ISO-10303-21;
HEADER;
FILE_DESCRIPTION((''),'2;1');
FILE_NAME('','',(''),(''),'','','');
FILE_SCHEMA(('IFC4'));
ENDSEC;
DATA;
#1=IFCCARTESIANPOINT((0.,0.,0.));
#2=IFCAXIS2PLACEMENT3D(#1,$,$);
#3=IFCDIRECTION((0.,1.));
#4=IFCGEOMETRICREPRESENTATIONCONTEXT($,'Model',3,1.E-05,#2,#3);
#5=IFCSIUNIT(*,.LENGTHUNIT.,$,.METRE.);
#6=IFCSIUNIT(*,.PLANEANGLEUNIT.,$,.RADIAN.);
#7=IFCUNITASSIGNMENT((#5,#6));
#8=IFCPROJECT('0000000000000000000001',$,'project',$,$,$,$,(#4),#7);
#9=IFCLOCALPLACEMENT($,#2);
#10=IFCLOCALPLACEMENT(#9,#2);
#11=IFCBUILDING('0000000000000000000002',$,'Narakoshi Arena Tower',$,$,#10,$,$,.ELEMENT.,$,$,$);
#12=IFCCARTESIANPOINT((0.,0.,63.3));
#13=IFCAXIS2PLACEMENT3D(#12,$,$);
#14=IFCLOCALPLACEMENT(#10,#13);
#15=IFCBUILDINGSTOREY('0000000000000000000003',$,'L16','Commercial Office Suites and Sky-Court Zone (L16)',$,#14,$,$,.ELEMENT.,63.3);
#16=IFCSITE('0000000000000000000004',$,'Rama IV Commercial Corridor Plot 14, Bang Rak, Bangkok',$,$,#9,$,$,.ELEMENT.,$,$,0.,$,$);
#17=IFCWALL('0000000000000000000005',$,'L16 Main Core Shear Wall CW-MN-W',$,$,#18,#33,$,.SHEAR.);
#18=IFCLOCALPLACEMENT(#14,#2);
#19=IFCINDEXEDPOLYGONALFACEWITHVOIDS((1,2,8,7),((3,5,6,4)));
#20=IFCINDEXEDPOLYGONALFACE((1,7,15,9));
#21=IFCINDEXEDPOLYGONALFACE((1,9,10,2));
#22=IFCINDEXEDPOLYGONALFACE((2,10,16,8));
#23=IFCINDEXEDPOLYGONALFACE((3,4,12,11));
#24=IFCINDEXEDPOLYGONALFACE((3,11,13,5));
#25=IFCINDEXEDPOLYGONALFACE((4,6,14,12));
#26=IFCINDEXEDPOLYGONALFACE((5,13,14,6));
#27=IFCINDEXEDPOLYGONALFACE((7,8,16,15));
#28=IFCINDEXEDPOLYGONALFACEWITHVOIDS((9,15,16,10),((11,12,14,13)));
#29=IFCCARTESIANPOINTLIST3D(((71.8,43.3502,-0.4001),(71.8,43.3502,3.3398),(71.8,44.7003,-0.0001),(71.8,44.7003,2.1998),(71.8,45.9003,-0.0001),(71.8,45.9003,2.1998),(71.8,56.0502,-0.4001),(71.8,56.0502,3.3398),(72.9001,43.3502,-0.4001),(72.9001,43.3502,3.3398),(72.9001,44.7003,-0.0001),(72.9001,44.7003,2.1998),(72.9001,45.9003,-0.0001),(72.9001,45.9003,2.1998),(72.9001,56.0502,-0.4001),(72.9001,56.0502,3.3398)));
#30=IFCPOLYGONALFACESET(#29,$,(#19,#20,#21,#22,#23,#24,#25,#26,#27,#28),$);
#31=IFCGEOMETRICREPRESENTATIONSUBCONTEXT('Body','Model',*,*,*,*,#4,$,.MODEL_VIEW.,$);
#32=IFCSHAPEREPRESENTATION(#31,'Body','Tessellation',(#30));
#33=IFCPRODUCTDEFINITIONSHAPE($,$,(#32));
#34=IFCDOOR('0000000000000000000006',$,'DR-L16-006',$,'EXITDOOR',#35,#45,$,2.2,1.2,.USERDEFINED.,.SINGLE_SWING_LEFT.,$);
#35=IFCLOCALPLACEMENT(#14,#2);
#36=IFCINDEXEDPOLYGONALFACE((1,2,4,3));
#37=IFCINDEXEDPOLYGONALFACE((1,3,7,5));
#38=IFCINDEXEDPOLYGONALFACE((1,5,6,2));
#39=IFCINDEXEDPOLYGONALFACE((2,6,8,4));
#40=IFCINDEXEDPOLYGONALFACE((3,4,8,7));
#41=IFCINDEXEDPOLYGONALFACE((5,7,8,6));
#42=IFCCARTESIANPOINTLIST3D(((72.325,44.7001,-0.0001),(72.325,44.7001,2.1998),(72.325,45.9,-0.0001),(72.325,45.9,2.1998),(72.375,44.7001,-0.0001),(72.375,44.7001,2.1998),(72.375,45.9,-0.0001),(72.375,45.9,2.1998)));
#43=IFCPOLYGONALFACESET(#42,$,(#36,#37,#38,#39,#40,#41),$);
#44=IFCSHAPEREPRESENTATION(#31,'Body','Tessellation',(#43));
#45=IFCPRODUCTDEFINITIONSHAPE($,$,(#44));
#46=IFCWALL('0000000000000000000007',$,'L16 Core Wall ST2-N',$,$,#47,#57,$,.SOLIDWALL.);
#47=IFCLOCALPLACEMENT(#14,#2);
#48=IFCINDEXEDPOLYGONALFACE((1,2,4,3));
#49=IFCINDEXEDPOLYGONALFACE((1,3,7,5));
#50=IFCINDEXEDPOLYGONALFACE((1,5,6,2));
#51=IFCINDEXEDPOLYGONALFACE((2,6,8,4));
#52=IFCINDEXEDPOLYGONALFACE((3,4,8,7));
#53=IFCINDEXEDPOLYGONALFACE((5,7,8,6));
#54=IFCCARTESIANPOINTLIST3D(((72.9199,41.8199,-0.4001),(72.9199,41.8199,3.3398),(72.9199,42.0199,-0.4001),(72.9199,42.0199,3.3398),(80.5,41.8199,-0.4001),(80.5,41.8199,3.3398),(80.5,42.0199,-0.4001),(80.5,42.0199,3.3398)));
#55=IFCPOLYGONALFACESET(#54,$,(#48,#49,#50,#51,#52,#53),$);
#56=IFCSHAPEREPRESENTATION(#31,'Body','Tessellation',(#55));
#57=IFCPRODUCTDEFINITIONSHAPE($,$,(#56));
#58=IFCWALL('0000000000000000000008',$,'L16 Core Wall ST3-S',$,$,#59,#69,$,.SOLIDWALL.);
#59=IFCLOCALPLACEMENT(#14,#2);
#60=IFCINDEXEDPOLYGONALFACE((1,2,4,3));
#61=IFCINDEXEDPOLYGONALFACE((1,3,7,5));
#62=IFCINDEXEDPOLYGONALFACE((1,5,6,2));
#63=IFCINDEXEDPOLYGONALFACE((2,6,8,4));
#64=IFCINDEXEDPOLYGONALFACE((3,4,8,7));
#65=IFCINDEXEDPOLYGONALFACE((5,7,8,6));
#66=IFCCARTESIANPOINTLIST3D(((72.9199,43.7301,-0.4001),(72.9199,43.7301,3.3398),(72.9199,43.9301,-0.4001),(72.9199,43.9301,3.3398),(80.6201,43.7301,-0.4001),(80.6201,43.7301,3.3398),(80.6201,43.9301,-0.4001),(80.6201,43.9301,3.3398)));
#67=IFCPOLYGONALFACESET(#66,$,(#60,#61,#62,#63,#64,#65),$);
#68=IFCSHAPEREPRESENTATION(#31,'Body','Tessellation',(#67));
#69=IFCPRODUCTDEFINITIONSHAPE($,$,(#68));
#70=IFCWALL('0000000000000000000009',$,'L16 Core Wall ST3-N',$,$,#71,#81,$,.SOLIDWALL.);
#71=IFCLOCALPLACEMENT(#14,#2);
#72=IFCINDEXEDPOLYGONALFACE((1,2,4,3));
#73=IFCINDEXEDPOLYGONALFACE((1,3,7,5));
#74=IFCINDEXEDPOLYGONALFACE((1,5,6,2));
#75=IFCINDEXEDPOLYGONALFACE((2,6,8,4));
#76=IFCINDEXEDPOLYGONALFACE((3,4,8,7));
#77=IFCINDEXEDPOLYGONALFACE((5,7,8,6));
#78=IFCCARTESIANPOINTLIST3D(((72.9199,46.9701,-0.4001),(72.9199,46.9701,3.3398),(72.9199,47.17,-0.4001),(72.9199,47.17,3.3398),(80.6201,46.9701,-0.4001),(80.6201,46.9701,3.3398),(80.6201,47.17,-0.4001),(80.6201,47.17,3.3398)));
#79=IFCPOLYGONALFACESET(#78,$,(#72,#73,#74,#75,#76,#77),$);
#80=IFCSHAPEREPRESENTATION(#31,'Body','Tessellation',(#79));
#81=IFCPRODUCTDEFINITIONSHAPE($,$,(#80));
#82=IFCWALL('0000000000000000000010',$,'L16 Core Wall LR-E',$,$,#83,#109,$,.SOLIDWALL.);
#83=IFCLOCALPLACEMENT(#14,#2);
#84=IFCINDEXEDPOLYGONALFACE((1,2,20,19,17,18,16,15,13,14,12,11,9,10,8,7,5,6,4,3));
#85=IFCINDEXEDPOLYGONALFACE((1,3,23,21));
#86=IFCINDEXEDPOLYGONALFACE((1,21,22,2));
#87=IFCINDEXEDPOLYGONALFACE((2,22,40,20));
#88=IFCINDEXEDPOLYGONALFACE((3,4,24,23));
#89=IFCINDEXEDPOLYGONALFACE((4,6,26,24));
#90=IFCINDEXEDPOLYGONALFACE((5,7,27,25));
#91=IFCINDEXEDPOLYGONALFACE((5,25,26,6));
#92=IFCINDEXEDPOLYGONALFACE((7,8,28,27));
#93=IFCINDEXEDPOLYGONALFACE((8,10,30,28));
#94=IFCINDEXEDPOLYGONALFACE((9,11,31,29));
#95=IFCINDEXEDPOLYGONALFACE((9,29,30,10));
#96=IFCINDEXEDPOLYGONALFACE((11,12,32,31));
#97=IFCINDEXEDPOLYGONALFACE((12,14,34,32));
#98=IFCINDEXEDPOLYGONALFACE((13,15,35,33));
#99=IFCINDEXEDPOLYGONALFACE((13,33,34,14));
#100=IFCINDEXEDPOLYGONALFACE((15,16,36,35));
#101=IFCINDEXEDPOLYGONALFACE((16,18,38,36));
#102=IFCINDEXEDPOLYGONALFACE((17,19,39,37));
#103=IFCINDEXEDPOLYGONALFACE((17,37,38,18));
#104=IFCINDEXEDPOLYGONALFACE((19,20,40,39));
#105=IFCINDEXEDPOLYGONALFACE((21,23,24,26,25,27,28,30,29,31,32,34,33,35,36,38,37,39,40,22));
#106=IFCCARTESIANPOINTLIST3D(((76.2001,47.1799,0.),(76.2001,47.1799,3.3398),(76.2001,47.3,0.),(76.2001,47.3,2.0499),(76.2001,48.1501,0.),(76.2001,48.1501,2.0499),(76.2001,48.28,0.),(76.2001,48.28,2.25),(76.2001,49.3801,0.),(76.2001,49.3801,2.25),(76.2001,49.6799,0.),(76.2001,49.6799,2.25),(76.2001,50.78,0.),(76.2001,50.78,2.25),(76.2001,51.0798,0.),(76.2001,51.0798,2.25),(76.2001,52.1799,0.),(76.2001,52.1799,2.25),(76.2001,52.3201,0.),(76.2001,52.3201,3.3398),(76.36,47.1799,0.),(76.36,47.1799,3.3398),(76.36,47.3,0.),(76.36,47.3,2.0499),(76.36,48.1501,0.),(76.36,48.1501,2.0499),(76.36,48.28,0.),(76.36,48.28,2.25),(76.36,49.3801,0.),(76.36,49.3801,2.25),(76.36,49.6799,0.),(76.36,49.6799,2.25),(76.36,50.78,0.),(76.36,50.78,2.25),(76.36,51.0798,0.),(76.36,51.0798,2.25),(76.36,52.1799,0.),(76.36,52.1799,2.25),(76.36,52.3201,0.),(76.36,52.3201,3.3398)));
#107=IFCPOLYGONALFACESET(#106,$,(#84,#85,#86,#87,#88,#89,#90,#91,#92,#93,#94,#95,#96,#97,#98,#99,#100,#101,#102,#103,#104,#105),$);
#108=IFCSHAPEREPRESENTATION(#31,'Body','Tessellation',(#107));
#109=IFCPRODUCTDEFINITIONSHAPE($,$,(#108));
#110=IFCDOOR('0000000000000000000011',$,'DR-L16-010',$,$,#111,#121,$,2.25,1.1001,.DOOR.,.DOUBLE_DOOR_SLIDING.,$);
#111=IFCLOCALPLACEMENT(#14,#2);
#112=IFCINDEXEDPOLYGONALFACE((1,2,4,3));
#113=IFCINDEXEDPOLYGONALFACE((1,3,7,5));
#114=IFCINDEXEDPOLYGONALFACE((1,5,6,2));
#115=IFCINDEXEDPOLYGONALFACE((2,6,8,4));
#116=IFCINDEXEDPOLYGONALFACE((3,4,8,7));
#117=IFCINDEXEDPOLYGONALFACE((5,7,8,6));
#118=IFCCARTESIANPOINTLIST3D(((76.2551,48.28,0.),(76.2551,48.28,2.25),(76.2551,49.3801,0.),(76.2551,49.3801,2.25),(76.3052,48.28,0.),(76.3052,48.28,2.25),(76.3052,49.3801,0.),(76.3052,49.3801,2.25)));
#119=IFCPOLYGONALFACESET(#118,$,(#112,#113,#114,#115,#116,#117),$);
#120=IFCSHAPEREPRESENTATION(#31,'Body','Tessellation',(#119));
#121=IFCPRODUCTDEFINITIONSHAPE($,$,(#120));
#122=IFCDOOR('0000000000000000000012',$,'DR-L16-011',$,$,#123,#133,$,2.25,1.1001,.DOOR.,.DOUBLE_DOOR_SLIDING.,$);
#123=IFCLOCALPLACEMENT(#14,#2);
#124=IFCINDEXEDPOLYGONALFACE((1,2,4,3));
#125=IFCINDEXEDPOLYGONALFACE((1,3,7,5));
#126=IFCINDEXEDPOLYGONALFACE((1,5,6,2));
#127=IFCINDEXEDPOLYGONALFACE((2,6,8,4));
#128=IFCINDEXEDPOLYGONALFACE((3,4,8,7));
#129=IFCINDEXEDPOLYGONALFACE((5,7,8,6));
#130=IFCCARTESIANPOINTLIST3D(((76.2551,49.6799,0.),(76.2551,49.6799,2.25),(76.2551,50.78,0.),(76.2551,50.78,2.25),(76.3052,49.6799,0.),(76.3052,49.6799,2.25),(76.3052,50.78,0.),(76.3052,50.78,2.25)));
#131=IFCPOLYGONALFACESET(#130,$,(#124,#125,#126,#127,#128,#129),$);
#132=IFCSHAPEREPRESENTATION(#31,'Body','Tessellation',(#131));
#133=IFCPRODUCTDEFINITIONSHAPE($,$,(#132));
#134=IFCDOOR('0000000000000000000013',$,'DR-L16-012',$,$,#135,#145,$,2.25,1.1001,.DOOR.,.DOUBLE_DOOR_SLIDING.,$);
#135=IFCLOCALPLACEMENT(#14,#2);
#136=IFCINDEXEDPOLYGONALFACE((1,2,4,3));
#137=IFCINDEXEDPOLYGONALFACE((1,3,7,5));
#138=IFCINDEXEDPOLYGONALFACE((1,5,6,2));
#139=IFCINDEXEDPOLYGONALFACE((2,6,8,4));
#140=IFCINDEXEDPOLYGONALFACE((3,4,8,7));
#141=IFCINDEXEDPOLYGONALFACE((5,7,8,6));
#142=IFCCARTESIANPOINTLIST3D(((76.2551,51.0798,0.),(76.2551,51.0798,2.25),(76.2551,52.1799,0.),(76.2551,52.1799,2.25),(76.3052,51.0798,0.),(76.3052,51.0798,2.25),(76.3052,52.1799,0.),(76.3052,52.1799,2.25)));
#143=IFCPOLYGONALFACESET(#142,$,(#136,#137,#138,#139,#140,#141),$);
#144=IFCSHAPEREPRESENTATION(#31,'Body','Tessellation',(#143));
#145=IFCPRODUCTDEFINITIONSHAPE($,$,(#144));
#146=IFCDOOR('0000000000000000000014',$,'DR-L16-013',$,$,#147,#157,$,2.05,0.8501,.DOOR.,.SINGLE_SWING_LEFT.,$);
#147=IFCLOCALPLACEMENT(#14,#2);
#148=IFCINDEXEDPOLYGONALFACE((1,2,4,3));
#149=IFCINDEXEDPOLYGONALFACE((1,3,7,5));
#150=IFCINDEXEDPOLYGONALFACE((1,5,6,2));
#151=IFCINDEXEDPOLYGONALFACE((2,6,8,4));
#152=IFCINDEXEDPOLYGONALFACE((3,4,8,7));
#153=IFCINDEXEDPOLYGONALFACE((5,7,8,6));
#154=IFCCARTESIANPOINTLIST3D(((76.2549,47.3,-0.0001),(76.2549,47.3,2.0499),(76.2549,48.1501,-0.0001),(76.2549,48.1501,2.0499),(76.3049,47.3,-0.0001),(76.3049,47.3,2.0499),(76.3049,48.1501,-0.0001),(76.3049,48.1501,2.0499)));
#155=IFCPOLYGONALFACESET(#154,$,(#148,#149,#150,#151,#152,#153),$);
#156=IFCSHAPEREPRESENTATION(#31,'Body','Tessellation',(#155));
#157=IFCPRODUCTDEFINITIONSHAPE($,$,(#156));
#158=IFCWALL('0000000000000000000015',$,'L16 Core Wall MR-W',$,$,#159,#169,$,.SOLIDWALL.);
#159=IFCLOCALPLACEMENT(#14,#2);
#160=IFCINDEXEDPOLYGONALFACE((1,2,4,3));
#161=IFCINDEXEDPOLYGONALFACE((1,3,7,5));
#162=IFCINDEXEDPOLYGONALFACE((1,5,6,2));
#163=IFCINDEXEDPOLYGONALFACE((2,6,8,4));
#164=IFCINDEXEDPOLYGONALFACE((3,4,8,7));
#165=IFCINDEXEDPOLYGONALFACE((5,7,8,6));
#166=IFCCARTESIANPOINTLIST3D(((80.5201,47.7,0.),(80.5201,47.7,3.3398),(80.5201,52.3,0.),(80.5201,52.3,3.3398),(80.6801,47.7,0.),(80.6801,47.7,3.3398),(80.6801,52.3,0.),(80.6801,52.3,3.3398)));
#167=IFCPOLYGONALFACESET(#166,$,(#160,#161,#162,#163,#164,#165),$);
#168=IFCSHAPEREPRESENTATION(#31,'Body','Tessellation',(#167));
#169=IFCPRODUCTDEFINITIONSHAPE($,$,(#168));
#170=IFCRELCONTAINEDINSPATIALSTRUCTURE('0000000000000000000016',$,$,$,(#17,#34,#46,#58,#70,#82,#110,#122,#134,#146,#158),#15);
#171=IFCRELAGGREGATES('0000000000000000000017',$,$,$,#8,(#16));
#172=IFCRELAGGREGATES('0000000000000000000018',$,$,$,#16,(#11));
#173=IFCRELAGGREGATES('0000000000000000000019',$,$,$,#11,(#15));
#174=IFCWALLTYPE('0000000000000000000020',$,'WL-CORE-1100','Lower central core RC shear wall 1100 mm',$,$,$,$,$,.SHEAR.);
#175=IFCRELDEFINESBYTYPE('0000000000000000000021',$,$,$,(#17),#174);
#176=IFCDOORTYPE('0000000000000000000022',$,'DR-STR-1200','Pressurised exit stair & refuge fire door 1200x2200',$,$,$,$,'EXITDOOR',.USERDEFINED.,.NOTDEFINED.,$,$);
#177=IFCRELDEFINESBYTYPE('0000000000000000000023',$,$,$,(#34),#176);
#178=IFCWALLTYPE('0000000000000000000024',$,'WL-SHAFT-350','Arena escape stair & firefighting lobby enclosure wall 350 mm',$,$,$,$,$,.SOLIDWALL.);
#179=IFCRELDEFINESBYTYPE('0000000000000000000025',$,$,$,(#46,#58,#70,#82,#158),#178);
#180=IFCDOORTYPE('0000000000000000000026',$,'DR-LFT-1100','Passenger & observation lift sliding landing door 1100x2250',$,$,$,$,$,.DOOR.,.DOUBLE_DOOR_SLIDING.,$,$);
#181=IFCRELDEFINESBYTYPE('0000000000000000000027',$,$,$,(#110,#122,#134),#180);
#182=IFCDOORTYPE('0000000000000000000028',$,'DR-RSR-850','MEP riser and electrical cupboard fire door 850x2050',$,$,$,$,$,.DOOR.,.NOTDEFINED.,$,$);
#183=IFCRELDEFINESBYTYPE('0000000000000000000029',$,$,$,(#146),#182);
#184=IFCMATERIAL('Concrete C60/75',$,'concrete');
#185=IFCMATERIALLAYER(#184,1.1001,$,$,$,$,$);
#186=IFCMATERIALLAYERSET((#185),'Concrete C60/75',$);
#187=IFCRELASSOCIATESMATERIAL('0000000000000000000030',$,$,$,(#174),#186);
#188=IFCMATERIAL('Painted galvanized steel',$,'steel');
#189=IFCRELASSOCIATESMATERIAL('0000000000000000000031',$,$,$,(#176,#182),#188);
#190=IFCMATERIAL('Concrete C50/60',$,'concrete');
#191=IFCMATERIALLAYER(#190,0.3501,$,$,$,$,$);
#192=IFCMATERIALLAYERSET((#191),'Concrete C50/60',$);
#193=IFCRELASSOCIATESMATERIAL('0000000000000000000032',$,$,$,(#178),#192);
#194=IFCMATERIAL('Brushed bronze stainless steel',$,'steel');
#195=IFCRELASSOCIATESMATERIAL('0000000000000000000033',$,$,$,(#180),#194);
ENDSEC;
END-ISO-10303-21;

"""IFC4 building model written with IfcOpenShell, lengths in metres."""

from ifc_helpers import new_model, si_unit, direction, frame, frame_2d, origin, place, context, subcontext, project, spatial, rectangle, extrude, material, layer, layer_set, type_object, element, fill, save


model = new_model("IFC4")

# Units and contexts
model_context = context("Model", 3, precision=1e-05, world=origin(), true_north=direction((0.0, 1.0)))
body_context = subcontext(model_context, "Body", "Model", "MODEL_VIEW")
ifc_project = project(units=[si_unit("LENGTHUNIT", "METRE"), si_unit("PLANEANGLEUNIT", "RADIAN")], contexts=[model_context])

# Site, building, storey
site_placement = place(None, origin())
site = spatial("IfcSite", under=ifc_project, at=site_placement, Name="Rama IV Commercial Corridor Plot 14, Bang Rak, Bangkok", CompositionType="ELEMENT", RefElevation=0.0)
building_placement = place(site_placement, origin())
building = spatial("IfcBuilding", under=site, at=building_placement, Name="Narakoshi Arena Tower", CompositionType="ELEMENT")
storey_placement = place(building_placement, frame((0.0, 0.0, 63.3)))
storey = spatial("IfcBuildingStorey", under=building, at=storey_placement, Name="L16", Description="Commercial Office Suites and Sky-Court Zone (L16)", CompositionType="ELEMENT", Elevation=63.3)

# Wall, opening, door
ifc_material_1 = material(Name="Concrete C60/75", Category="concrete")
ifc_layer_1 = layer(ifc_material_1, 1.1001)
ifc_layer_set_1 = layer_set([ifc_layer_1], Name="Concrete C60/75")
wall_type_1 = type_object("IfcWallType", Name="WL-CORE-1100", Description="Lower central core RC shear wall 1100 mm", PredefinedType="SHEAR", material=ifc_layer_set_1)
wall_1_placement = place(storey_placement, frame((72.3501, 43.3501, -0.4001), z_axis=(0.0, 0.0, 1.0), x_axis=(0.0, 1.0, 0.0)))
wall_1 = element("IfcWall", 1, at=wall_1_placement, inside=storey, type_object=wall_type_1, Name="L16 Main Core Shear Wall CW-MN-W", PredefinedType="SHEAR", context=body_context, shape_type="SweptSolid", body=[
    extrude(rectangle(XDim=12.7, YDim=1.1001, at=frame_2d((6.3501, 0.0))), origin(), (0.0, 0.0, 1.0), 3.74),
])
opening_1_placement = place(wall_1_placement, frame((1.3501, 0.0, 0.3999)))
opening_1 = element("IfcOpeningElement", 2, at=opening_1_placement, cuts=wall_1, PredefinedType="OPENING", context=body_context, shape_type="SweptSolid", body=[
    extrude(rectangle(XDim=1.2, YDim=2.2, at=frame_2d((0.6001, 1.1001))), frame((0.0, 0.5601, 0.0), z_axis=(0.0, -1.0, 0.0), x_axis=(1.0, 0.0, 0.0)), (0.0, 0.0, 1.0), 1.1201),
])
ifc_material_2 = material(Name="Painted galvanized steel", Category="steel")
door_type_1 = type_object("IfcDoorType", Name="DR-STR-1200", Description="Pressurised exit stair & refuge fire door 1200x2200", ElementType="EXITDOOR", OperationType="NOTDEFINED", PredefinedType="USERDEFINED", material=ifc_material_2)
door_1_placement = place(opening_1_placement, frame((1.2, 0.0, 0.0), z_axis=(0.0, 0.0, 1.0), x_axis=(-1.0, 0.0, 0.0)))
door_1 = element("IfcDoor", 3, at=door_1_placement, inside=storey, type_object=door_type_1, Name="DR-L16-006", ObjectType="EXITDOOR", OperationType="SINGLE_SWING_LEFT", OverallHeight=2.2, OverallWidth=1.2, PredefinedType="USERDEFINED", context=body_context, shape_type="SweptSolid", body=[
    extrude(rectangle(XDim=1.2, YDim=2.2, at=frame_2d((0.6001, 1.1001))), frame((0.0, 0.0249, 0.0), z_axis=(0.0, -1.0, 0.0), x_axis=(1.0, 0.0, 0.0)), (0.0, 0.0, 1.0), 0.05),
])
fill(opening_1, door_1)

# Walls
ifc_material_3 = material(Name="Concrete C50/60", Category="concrete")
ifc_layer_2 = layer(ifc_material_3, 0.3501)
ifc_layer_set_2 = layer_set([ifc_layer_2], Name="Concrete C50/60")
wall_type_2 = type_object("IfcWallType", Name="WL-SHAFT-350", Description="Arena escape stair & firefighting lobby enclosure wall 350 mm", PredefinedType="SOLIDWALL", material=ifc_layer_set_2)
wall_2_placement = place(storey_placement, frame((72.9199, 41.9199, -0.4001), z_axis=(0.0, 0.0, 1.0), x_axis=(1.0, 0.0, 0.0)))
element("IfcWall", 4, at=wall_2_placement, inside=storey, type_object=wall_type_2, Name="L16 Core Wall ST2-N", PredefinedType="SOLIDWALL", context=body_context, shape_type="SweptSolid", body=[
    extrude(rectangle(XDim=7.5801, YDim=0.2, at=frame_2d((3.79, 0.0))), origin(), (0.0, 0.0, 1.0), 3.74),
])
for number, where, z_axis, x_axis, name in (
    (5, (72.9199, 43.8301, -0.4001), (0.0, 0.0, 1.0), (1.0, 0.0, 0.0), "L16 Core Wall ST3-S"),
    (6, (72.9199, 47.0701, -0.4001), (0.0, 0.0, 1.0), (1.0, 0.0, 0.0), "L16 Core Wall ST3-N"),
):
    element("IfcWall", number, at=place(storey_placement, frame(where, z_axis=z_axis, x_axis=x_axis)), inside=storey, type_object=wall_type_2, Name=name, PredefinedType="SOLIDWALL", context=body_context, shape_type="SweptSolid", body=[
        extrude(rectangle(XDim=7.7002, YDim=0.2, at=frame_2d((3.8501, 0.0))), origin(), (0.0, 0.0, 1.0), 3.74),
    ])

# Wall, openings, doors
wall_3_placement = place(storey_placement, frame((76.28, 47.1799, 0.0), z_axis=(0.0, 0.0, 1.0), x_axis=(0.0, 1.0, 0.0)))
wall_3 = element("IfcWall", 7, at=wall_3_placement, inside=storey, type_object=wall_type_2, Name="L16 Core Wall LR-E", PredefinedType="SOLIDWALL", context=body_context, shape_type="SweptSolid", body=[
    extrude(rectangle(XDim=5.1401, YDim=0.1599, at=frame_2d((2.5701, 0.0))), origin(), (0.0, 0.0, 1.0), 3.3398),
])
opening_2_placement = place(wall_3_placement, frame((1.1001, 0.0, 0.0)))
opening_2 = element("IfcOpeningElement", 8, at=opening_2_placement, cuts=wall_3, PredefinedType="OPENING", context=body_context, shape_type="SweptSolid", body=[
    extrude(rectangle(XDim=1.1001, YDim=2.25, at=frame_2d((0.55, 1.125))), frame((0.0, 0.0898, 0.0), z_axis=(0.0, -1.0, 0.0), x_axis=(1.0, 0.0, 0.0)), (0.0, 0.0, 1.0), 0.1799),
])
opening_3_placement = place(wall_3_placement, frame((2.5, 0.0, 0.0)))
opening_3 = element("IfcOpeningElement", 9, at=opening_3_placement, cuts=wall_3, PredefinedType="OPENING", context=body_context, shape_type="SweptSolid", body=[
    extrude(rectangle(XDim=1.1001, YDim=2.25, at=frame_2d((0.55, 1.125))), frame((0.0, 0.0898, 0.0), z_axis=(0.0, -1.0, 0.0), x_axis=(1.0, 0.0, 0.0)), (0.0, 0.0, 1.0), 0.1799),
])
opening_4_placement = place(wall_3_placement, frame((3.8999, 0.0, 0.0)))
opening_4 = element("IfcOpeningElement", 10, at=opening_4_placement, cuts=wall_3, PredefinedType="OPENING", context=body_context, shape_type="SweptSolid", body=[
    extrude(rectangle(XDim=1.1001, YDim=2.25, at=frame_2d((0.55, 1.125))), frame((0.0, 0.0898, 0.0), z_axis=(0.0, -1.0, 0.0), x_axis=(1.0, 0.0, 0.0)), (0.0, 0.0, 1.0), 0.1799),
])
opening_5_placement = place(wall_3_placement, frame((0.1201, 0.0, 0.0)))
opening_5 = element("IfcOpeningElement", 11, at=opening_5_placement, cuts=wall_3, PredefinedType="OPENING", context=body_context, shape_type="SweptSolid", body=[
    extrude(rectangle(XDim=0.8501, YDim=2.05, at=frame_2d((0.425, 1.0249))), frame((0.0, 0.0898, 0.0), z_axis=(0.0, -1.0, 0.0), x_axis=(1.0, 0.0, 0.0)), (0.0, 0.0, 1.0), 0.1799),
])
ifc_material_4 = material(Name="Brushed bronze stainless steel", Category="steel")
door_type_2 = type_object("IfcDoorType", Name="DR-LFT-1100", Description="Passenger & observation lift sliding landing door 1100x2250", OperationType="DOUBLE_DOOR_SLIDING", PredefinedType="DOOR", material=ifc_material_4)
door_2_placement = place(opening_2_placement, origin())
door_2 = element("IfcDoor", 12, at=door_2_placement, inside=storey, type_object=door_type_2, Name="DR-L16-010", OperationType="DOUBLE_DOOR_SLIDING", OverallHeight=2.25, OverallWidth=1.1001, PredefinedType="DOOR", context=body_context, shape_type="SweptSolid", body=[
    extrude(rectangle(XDim=1.1001, YDim=2.25, at=frame_2d((0.55, 1.125))), frame((0.0, 0.0249, 0.0), z_axis=(0.0, -1.0, 0.0), x_axis=(1.0, 0.0, 0.0)), (0.0, 0.0, 1.0), 0.05),
])
fill(opening_2, door_2)
door_3_placement = place(opening_3_placement, origin())
door_3 = element("IfcDoor", 13, at=door_3_placement, inside=storey, type_object=door_type_2, Name="DR-L16-011", OperationType="DOUBLE_DOOR_SLIDING", OverallHeight=2.25, OverallWidth=1.1001, PredefinedType="DOOR", context=body_context, shape_type="SweptSolid", body=[
    extrude(rectangle(XDim=1.1001, YDim=2.25, at=frame_2d((0.55, 1.125))), frame((0.0, 0.0249, 0.0), z_axis=(0.0, -1.0, 0.0), x_axis=(1.0, 0.0, 0.0)), (0.0, 0.0, 1.0), 0.05),
])
fill(opening_3, door_3)
door_4_placement = place(opening_4_placement, origin())
door_4 = element("IfcDoor", 14, at=door_4_placement, inside=storey, type_object=door_type_2, Name="DR-L16-012", OperationType="DOUBLE_DOOR_SLIDING", OverallHeight=2.25, OverallWidth=1.1001, PredefinedType="DOOR", context=body_context, shape_type="SweptSolid", body=[
    extrude(rectangle(XDim=1.1001, YDim=2.25, at=frame_2d((0.55, 1.125))), frame((0.0, 0.0249, 0.0), z_axis=(0.0, -1.0, 0.0), x_axis=(1.0, 0.0, 0.0)), (0.0, 0.0, 1.0), 0.05),
])
fill(opening_4, door_4)
door_type_3 = type_object("IfcDoorType", Name="DR-RSR-850", Description="MEP riser and electrical cupboard fire door 850x2050", OperationType="NOTDEFINED", PredefinedType="DOOR", material=ifc_material_2)
door_5_placement = place(opening_5_placement, frame((0.8501, 0.0, 0.0), z_axis=(0.0, 0.0, 1.0), x_axis=(-1.0, 0.0, 0.0)))
door_5 = element("IfcDoor", 15, at=door_5_placement, inside=storey, type_object=door_type_3, Name="DR-L16-013", OperationType="SINGLE_SWING_LEFT", OverallHeight=2.05, OverallWidth=0.8501, PredefinedType="DOOR", context=body_context, shape_type="SweptSolid", body=[
    extrude(rectangle(XDim=0.8501, YDim=2.05, at=frame_2d((0.425, 1.0249))), frame((0.0, 0.0249, 0.0), z_axis=(0.0, -1.0, 0.0), x_axis=(1.0, 0.0, 0.0)), (0.0, 0.0, 1.0), 0.05),
])
fill(opening_5, door_5)

# Wall
wall_4_placement = place(storey_placement, frame((80.6001, 47.7, 0.0), z_axis=(0.0, 0.0, 1.0), x_axis=(0.0, 1.0, 0.0)))
element("IfcWall", 16, at=wall_4_placement, inside=storey, type_object=wall_type_2, Name="L16 Core Wall MR-W", PredefinedType="SOLIDWALL", context=body_context, shape_type="SweptSolid", body=[
    extrude(rectangle(XDim=4.6001, YDim=0.1599, at=frame_2d((2.3, 0.0))), origin(), (0.0, 0.0, 1.0), 3.3398),
])

save(model, "model.ifc")
